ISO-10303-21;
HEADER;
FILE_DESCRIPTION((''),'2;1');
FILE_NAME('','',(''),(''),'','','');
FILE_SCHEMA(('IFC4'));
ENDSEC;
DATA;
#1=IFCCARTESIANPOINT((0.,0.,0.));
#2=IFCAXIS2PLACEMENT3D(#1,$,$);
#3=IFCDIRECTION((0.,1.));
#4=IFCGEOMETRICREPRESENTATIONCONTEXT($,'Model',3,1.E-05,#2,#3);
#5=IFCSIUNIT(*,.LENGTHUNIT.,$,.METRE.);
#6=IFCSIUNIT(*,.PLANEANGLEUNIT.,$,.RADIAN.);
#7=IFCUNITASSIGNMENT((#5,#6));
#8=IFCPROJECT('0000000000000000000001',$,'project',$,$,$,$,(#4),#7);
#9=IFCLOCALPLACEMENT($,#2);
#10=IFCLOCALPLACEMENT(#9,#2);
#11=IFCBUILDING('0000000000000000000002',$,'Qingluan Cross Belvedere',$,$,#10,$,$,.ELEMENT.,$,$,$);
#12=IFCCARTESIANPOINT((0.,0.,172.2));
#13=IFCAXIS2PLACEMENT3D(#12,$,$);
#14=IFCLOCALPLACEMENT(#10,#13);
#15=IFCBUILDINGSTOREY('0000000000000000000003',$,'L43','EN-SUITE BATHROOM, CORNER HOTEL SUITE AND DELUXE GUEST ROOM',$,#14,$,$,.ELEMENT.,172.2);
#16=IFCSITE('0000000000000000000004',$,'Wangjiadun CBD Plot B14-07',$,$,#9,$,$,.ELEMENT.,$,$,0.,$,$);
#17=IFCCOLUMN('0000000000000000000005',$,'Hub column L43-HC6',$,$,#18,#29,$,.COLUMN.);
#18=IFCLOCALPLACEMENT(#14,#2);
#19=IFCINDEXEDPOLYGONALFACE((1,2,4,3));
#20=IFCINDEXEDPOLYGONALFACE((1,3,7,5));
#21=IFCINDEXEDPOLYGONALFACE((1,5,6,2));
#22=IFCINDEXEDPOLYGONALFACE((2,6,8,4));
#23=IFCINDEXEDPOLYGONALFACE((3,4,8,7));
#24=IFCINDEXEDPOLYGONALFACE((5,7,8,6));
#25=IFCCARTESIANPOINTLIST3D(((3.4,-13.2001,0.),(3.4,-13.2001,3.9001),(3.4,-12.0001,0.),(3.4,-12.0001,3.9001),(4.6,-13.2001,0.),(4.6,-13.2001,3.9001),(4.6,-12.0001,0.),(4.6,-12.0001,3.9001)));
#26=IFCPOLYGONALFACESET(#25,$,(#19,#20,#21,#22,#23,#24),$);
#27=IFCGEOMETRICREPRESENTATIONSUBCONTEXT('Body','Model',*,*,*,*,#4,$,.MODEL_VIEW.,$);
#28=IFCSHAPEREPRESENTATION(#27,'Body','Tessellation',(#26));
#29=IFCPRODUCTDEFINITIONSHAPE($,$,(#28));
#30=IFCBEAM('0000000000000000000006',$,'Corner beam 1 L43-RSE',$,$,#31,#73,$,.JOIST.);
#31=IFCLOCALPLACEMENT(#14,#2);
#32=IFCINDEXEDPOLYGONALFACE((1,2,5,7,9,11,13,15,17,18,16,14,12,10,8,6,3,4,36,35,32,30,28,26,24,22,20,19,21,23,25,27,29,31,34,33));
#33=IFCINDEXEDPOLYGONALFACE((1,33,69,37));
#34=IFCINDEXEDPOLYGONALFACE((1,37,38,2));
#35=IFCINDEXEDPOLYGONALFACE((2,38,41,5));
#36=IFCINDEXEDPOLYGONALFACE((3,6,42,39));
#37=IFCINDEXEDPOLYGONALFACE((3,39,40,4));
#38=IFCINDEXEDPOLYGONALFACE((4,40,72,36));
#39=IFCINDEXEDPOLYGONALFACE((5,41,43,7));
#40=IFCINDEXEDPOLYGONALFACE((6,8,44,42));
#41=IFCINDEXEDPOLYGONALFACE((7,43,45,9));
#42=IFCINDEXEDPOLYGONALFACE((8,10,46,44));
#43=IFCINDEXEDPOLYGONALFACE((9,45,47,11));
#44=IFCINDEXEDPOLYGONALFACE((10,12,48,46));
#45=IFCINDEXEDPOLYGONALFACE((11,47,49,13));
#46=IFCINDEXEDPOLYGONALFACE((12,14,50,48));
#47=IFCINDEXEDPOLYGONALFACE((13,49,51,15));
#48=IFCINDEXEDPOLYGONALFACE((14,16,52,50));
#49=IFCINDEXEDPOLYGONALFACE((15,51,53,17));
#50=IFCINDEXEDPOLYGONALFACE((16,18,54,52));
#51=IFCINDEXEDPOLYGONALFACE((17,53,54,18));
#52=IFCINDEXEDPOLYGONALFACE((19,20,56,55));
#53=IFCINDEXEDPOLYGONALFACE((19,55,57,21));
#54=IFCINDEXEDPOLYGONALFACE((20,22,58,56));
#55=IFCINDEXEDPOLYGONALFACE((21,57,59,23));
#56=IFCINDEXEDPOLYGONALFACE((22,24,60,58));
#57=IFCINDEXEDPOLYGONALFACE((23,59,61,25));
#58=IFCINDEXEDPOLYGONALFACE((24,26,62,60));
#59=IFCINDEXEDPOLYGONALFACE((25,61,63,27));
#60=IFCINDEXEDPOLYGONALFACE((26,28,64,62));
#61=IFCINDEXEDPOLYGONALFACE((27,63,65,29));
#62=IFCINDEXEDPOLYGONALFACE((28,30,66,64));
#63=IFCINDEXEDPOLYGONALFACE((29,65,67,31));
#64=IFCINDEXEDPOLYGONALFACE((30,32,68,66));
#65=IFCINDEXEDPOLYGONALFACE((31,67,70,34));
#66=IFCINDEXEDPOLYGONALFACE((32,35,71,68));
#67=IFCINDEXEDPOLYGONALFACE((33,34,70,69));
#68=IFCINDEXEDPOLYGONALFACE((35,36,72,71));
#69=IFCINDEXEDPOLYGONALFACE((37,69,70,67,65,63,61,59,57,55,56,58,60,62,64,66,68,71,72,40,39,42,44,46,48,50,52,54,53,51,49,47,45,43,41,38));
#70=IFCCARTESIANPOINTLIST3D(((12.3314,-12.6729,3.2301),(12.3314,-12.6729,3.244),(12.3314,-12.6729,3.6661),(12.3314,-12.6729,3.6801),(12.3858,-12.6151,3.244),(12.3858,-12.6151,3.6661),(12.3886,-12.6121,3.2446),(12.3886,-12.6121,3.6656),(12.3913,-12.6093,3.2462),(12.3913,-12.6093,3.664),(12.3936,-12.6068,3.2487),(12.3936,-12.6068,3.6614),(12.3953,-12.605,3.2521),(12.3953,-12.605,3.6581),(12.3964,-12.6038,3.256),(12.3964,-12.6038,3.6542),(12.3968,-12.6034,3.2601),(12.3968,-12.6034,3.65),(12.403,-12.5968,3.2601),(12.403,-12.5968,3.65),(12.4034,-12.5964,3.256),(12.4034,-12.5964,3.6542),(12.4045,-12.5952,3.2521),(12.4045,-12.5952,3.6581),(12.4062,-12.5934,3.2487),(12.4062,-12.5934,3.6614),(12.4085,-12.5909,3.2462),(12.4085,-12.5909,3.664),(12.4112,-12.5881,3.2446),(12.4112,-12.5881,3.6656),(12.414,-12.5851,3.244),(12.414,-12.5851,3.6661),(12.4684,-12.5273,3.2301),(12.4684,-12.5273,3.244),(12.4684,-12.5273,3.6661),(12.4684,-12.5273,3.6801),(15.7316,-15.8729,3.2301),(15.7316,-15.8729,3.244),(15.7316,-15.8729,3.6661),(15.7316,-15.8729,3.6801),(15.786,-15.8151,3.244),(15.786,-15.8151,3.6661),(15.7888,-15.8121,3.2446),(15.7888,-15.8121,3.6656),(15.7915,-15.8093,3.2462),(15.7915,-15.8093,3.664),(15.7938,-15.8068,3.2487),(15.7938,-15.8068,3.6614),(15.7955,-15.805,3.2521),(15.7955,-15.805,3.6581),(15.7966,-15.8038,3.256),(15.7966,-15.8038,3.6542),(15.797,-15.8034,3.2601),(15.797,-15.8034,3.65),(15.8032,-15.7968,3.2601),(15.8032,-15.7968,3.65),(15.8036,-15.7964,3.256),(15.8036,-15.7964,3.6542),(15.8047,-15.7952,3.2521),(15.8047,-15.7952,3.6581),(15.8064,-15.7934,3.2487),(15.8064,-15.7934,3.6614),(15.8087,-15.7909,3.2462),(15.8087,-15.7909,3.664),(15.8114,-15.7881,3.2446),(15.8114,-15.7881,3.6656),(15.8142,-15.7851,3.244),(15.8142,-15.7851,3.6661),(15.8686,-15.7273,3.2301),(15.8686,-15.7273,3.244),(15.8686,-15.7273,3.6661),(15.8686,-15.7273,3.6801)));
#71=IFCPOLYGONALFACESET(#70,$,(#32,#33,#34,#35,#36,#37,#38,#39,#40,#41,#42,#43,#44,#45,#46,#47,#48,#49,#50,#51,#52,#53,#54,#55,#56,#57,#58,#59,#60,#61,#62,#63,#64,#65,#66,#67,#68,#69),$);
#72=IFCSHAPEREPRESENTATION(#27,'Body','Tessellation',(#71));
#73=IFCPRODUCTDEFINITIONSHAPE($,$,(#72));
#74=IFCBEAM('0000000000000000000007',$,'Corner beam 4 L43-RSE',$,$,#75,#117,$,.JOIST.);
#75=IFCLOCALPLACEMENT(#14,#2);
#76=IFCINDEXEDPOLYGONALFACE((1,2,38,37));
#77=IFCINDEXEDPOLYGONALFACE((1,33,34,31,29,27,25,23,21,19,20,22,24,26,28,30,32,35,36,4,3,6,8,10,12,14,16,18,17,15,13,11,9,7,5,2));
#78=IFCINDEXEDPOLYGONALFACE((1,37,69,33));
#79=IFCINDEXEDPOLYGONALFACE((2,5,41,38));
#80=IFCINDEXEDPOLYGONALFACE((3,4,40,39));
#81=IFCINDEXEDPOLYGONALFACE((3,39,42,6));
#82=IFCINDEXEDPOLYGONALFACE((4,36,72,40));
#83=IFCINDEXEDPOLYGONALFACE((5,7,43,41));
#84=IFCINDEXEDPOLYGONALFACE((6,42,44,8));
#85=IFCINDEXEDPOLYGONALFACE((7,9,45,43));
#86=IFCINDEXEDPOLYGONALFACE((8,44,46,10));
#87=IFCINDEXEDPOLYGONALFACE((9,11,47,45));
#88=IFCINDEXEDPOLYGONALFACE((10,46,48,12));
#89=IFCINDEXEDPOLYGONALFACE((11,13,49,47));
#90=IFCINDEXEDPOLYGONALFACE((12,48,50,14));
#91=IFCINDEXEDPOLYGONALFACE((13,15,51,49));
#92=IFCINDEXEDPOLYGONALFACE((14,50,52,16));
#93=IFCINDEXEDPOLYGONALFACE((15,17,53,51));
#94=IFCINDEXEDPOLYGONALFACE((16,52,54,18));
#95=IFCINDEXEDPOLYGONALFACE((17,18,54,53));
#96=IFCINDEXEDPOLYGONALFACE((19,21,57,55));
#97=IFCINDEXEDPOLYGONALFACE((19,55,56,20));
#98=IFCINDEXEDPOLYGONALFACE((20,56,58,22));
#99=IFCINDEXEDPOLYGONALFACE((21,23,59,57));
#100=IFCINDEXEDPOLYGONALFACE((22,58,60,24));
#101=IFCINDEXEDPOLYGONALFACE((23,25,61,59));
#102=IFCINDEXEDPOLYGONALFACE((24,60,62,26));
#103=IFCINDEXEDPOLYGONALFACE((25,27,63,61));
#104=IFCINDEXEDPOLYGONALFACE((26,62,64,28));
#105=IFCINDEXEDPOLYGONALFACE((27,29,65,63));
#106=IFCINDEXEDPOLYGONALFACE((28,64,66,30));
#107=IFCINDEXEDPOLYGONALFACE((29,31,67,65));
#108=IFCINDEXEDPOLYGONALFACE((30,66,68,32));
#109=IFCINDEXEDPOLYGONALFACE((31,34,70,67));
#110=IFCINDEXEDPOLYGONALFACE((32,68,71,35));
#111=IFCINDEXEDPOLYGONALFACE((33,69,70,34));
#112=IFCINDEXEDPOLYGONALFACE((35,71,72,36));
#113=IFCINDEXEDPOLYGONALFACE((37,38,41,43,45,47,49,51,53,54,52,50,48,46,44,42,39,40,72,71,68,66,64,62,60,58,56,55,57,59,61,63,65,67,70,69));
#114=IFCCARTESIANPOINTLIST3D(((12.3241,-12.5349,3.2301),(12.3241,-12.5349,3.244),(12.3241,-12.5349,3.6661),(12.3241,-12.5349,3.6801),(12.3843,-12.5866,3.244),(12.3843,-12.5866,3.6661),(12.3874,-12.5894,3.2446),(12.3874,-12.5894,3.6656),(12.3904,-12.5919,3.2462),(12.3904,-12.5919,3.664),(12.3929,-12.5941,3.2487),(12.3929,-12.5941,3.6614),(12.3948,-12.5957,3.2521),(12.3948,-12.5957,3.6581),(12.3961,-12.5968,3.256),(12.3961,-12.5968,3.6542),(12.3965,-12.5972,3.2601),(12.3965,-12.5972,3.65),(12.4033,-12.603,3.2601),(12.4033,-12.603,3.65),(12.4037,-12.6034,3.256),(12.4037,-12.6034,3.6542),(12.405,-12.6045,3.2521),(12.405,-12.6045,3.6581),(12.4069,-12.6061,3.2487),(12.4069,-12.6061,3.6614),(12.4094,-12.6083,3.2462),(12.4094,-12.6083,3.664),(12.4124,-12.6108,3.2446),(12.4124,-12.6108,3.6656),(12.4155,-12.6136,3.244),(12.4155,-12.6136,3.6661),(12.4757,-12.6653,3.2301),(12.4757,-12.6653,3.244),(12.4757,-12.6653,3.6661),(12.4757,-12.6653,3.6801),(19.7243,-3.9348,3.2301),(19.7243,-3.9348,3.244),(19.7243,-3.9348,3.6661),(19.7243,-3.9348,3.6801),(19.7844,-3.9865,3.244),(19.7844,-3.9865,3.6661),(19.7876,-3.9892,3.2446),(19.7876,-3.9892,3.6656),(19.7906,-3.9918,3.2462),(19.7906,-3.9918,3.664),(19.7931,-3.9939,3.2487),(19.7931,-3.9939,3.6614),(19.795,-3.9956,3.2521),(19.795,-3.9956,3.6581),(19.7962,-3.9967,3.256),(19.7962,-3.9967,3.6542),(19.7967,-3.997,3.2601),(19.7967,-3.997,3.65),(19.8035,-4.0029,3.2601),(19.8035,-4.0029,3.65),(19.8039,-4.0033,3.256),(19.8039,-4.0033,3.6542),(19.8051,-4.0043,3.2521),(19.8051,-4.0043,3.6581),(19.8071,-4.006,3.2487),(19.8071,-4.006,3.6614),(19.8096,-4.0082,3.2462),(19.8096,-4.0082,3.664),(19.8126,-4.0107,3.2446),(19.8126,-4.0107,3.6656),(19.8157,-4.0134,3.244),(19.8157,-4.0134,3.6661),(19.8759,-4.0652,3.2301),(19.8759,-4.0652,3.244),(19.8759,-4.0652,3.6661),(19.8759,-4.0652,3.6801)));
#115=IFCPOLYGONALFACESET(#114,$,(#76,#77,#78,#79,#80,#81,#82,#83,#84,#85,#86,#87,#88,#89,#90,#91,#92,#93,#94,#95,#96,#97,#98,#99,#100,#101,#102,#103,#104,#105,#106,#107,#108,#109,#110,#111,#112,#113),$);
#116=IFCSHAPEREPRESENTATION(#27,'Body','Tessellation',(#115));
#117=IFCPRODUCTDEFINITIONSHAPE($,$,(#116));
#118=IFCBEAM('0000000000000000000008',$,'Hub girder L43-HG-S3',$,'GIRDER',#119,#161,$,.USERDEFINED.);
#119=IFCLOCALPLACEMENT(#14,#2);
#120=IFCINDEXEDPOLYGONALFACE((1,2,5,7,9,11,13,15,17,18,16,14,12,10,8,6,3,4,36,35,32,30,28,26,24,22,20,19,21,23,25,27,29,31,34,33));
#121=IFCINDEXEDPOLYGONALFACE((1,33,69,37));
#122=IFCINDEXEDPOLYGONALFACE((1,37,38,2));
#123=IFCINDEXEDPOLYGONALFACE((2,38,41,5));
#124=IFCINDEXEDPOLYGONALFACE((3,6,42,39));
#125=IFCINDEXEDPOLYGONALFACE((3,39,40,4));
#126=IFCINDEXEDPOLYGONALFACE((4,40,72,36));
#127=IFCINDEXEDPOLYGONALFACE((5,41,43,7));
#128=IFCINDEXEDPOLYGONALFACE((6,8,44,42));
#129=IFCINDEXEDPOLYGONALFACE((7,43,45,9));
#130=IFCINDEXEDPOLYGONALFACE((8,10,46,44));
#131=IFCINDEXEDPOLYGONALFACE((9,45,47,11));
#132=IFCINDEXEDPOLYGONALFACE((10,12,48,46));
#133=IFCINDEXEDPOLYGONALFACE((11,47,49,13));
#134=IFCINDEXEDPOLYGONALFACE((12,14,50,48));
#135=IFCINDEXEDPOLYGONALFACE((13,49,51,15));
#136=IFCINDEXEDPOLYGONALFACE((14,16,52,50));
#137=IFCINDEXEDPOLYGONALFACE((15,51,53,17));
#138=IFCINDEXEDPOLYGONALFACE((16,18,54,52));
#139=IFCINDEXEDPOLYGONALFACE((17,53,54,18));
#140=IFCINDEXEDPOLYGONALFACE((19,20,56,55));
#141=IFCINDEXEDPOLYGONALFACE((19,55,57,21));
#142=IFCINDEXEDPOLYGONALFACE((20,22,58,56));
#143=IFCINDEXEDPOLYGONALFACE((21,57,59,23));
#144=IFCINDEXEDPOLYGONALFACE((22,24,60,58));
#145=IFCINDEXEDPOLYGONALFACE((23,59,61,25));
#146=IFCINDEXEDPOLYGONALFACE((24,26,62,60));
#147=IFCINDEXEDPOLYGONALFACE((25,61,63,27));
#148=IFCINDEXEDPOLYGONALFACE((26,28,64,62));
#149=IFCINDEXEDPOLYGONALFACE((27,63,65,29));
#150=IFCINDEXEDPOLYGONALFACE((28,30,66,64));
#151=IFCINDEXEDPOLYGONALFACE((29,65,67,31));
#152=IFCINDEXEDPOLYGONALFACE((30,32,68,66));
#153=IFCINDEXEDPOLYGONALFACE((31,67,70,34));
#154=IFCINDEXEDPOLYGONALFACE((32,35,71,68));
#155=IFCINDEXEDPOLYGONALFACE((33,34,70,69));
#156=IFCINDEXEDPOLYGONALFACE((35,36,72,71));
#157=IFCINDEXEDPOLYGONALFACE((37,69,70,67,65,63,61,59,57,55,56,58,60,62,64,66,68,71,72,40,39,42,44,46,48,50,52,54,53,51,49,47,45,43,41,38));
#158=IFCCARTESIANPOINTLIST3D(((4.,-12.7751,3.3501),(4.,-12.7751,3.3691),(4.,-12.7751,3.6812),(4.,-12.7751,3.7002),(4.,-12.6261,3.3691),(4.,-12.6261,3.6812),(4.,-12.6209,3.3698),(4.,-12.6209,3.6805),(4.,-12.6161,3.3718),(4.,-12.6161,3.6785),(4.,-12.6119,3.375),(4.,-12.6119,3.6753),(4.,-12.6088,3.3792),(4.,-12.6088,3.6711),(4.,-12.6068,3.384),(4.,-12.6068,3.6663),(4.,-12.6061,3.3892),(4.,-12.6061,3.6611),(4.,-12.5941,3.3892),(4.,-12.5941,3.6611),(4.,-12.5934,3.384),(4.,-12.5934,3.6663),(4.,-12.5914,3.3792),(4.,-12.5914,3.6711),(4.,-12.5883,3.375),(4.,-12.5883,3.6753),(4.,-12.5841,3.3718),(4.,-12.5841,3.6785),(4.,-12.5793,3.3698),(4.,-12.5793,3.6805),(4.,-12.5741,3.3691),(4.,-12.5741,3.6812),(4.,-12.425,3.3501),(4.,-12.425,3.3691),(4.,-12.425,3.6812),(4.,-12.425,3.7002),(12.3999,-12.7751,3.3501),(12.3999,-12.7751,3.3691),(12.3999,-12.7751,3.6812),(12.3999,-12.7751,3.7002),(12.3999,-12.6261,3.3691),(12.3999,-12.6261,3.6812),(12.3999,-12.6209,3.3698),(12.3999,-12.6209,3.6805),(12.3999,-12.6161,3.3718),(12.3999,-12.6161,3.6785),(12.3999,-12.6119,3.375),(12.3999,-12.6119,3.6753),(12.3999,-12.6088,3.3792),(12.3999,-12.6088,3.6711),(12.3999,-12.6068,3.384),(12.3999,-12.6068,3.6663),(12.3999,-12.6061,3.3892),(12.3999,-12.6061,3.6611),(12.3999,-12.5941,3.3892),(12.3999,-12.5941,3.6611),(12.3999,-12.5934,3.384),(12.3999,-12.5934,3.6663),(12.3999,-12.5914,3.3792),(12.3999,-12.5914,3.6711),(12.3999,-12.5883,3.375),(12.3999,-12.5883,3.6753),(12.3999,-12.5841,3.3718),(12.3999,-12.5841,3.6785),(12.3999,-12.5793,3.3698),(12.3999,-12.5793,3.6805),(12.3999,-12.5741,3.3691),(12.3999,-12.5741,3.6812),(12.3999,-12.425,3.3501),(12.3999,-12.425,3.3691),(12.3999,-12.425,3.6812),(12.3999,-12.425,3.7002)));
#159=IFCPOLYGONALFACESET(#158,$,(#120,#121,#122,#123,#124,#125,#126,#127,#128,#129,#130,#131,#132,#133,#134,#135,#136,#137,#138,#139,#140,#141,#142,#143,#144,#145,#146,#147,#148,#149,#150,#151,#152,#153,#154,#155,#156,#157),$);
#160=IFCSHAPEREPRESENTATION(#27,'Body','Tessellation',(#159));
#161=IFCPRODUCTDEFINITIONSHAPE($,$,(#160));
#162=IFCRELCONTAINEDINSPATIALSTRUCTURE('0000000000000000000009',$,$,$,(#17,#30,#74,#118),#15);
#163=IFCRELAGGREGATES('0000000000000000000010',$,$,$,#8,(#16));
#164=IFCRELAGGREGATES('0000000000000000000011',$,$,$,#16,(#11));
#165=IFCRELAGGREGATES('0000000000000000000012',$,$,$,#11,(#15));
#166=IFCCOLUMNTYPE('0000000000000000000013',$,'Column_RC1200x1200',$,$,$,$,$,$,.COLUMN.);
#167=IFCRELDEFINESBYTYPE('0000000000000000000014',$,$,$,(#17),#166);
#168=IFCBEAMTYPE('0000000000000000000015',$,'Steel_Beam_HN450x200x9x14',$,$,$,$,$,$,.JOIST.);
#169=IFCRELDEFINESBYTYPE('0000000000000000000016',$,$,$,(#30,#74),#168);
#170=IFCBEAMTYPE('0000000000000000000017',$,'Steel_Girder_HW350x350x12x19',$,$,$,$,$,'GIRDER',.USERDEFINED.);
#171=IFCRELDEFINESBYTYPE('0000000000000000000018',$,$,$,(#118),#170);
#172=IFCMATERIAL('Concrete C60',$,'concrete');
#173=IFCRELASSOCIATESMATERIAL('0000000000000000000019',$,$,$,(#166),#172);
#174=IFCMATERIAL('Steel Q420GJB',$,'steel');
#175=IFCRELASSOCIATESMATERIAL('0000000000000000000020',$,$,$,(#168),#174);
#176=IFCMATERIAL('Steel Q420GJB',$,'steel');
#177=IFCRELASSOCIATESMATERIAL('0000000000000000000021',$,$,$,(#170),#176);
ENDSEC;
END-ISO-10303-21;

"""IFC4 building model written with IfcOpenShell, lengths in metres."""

from ifc_helpers import new_model, si_unit, direction, frame, origin, origin_2d, place, context, subcontext, project, spatial, rectangle, i_section, extrude, material, material_profile, profile_set, type_object, element, save


model = new_model("IFC4")

# Units and contexts
model_context = context("Model", 3, precision=1e-05, world=origin(), true_north=direction((0.0, 1.0)))
body_context = subcontext(model_context, "Body", "Model", "MODEL_VIEW")
ifc_project = project(units=[si_unit("LENGTHUNIT", "METRE"), si_unit("PLANEANGLEUNIT", "RADIAN")], contexts=[model_context])

# Site, building, storey
site_placement = place(None, origin())
site = spatial("IfcSite", under=ifc_project, at=site_placement, Name="Wangjiadun CBD Plot B14-07", CompositionType="ELEMENT", RefElevation=0.0)
building_placement = place(site_placement, origin())
building = spatial("IfcBuilding", under=site, at=building_placement, Name="Qingluan Cross Belvedere", CompositionType="ELEMENT")
storey_placement = place(building_placement, frame((0.0, 0.0, 172.2)))
storey = spatial("IfcBuildingStorey", under=building, at=storey_placement, Name="L43", Description="EN-SUITE BATHROOM, CORNER HOTEL SUITE AND DELUXE GUEST ROOM", CompositionType="ELEMENT", Elevation=172.2)

# Column
ifc_material_1 = material(Name="Concrete C60", Category="concrete")
ifc_material_profile_1 = material_profile(ifc_material_1, rectangle(XDim=1.2, YDim=1.2, at=origin_2d()), Name="RC1200x1200")
ifc_profile_set_1 = profile_set([ifc_material_profile_1], Name="Concrete C60")
column_type = type_object("IfcColumnType", Name="Column_RC1200x1200", PredefinedType="COLUMN", material=ifc_profile_set_1)
column_placement = place(storey_placement, frame((4.0, -12.6001, 0.0), z_axis=(0.0, 0.0, 1.0), x_axis=(1.0, 0.0, 0.0)))
element("IfcColumn", 1, at=column_placement, inside=storey, type_object=column_type, Name="Hub column L43-HC6", PredefinedType="COLUMN", context=body_context, shape_type="SweptSolid", body=[
    extrude(rectangle(XDim=1.2, YDim=1.2, at=origin_2d()), origin(), (0.0, 0.0, 1.0), 3.9001),
])

# Beams
ifc_material_2 = material(Name="Steel Q420GJB", Category="steel")
ifc_material_profile_2 = material_profile(ifc_material_2, i_section(OverallWidth=0.2, OverallDepth=0.45, WebThickness=0.009, FlangeThickness=0.0139, FilletRadius=0.0161, at=origin_2d()), Name="HN450x200x9x14")
ifc_profile_set_2 = profile_set([ifc_material_profile_2], Name="Steel Q420GJB")
beam_type_1 = type_object("IfcBeamType", Name="Steel_Beam_HN450x200x9x14", PredefinedType="JOIST", material=ifc_profile_set_2)
beam_1_placement = place(storey_placement, frame((12.3999, -12.6001, 3.4551), z_axis=(0.72822, -0.685343, 0.0), x_axis=(0.685343, 0.72822, 0.0)))
element("IfcBeam", 2, at=beam_1_placement, inside=storey, type_object=beam_type_1, Name="Corner beam 1 L43-RSE", PredefinedType="JOIST", context=body_context, shape_type="SweptSolid", body=[
    extrude(i_section(OverallWidth=0.2, OverallDepth=0.45, WebThickness=0.009, FlangeThickness=0.0139, FilletRadius=0.0161, at=origin_2d()), origin(), (0.0, 0.0, 1.0), 4.6692),
])
beam_2_placement = place(storey_placement, frame((12.3999, -12.6001, 3.4551), z_axis=(0.652245, 0.758008, 0.0), x_axis=(-0.758008, 0.652245, 0.0)))
element("IfcBeam", 3, at=beam_2_placement, inside=storey, type_object=beam_type_1, Name="Corner beam 4 L43-RSE", PredefinedType="JOIST", context=body_context, shape_type="SweptSolid", body=[
    extrude(i_section(OverallWidth=0.2, OverallDepth=0.45, WebThickness=0.009, FlangeThickness=0.0139, FilletRadius=0.0161, at=origin_2d()), origin(), (0.0, 0.0, 1.0), 11.3457),
])
ifc_material_3 = material(Name="Steel Q420GJB", Category="steel")
ifc_material_profile_3 = material_profile(ifc_material_3, i_section(OverallWidth=0.3501, OverallDepth=0.3501, WebThickness=0.012, FlangeThickness=0.019, FilletRadius=0.02, at=origin_2d()), Name="HW350x350x12x19")
ifc_profile_set_3 = profile_set([ifc_material_profile_3], Name="Steel Q420GJB")
beam_type_2 = type_object("IfcBeamType", Name="Steel_Girder_HW350x350x12x19", ElementType="GIRDER", PredefinedType="USERDEFINED", material=ifc_profile_set_3)
beam_3_placement = place(storey_placement, frame((4.0, -12.6001, 3.5251), z_axis=(1.0, 0.0, 0.0), x_axis=(0.0, 1.0, 0.0)))
element("IfcBeam", 4, at=beam_3_placement, inside=storey, type_object=beam_type_2, Name="Hub girder L43-HG-S3", ObjectType="GIRDER", PredefinedType="USERDEFINED", context=body_context, shape_type="SweptSolid", body=[
    extrude(i_section(OverallWidth=0.3501, OverallDepth=0.3501, WebThickness=0.012, FlangeThickness=0.019, FilletRadius=0.02, at=origin_2d()), origin(), (0.0, 0.0, 1.0), 8.3999),
])

save(model, "model.ifc")
